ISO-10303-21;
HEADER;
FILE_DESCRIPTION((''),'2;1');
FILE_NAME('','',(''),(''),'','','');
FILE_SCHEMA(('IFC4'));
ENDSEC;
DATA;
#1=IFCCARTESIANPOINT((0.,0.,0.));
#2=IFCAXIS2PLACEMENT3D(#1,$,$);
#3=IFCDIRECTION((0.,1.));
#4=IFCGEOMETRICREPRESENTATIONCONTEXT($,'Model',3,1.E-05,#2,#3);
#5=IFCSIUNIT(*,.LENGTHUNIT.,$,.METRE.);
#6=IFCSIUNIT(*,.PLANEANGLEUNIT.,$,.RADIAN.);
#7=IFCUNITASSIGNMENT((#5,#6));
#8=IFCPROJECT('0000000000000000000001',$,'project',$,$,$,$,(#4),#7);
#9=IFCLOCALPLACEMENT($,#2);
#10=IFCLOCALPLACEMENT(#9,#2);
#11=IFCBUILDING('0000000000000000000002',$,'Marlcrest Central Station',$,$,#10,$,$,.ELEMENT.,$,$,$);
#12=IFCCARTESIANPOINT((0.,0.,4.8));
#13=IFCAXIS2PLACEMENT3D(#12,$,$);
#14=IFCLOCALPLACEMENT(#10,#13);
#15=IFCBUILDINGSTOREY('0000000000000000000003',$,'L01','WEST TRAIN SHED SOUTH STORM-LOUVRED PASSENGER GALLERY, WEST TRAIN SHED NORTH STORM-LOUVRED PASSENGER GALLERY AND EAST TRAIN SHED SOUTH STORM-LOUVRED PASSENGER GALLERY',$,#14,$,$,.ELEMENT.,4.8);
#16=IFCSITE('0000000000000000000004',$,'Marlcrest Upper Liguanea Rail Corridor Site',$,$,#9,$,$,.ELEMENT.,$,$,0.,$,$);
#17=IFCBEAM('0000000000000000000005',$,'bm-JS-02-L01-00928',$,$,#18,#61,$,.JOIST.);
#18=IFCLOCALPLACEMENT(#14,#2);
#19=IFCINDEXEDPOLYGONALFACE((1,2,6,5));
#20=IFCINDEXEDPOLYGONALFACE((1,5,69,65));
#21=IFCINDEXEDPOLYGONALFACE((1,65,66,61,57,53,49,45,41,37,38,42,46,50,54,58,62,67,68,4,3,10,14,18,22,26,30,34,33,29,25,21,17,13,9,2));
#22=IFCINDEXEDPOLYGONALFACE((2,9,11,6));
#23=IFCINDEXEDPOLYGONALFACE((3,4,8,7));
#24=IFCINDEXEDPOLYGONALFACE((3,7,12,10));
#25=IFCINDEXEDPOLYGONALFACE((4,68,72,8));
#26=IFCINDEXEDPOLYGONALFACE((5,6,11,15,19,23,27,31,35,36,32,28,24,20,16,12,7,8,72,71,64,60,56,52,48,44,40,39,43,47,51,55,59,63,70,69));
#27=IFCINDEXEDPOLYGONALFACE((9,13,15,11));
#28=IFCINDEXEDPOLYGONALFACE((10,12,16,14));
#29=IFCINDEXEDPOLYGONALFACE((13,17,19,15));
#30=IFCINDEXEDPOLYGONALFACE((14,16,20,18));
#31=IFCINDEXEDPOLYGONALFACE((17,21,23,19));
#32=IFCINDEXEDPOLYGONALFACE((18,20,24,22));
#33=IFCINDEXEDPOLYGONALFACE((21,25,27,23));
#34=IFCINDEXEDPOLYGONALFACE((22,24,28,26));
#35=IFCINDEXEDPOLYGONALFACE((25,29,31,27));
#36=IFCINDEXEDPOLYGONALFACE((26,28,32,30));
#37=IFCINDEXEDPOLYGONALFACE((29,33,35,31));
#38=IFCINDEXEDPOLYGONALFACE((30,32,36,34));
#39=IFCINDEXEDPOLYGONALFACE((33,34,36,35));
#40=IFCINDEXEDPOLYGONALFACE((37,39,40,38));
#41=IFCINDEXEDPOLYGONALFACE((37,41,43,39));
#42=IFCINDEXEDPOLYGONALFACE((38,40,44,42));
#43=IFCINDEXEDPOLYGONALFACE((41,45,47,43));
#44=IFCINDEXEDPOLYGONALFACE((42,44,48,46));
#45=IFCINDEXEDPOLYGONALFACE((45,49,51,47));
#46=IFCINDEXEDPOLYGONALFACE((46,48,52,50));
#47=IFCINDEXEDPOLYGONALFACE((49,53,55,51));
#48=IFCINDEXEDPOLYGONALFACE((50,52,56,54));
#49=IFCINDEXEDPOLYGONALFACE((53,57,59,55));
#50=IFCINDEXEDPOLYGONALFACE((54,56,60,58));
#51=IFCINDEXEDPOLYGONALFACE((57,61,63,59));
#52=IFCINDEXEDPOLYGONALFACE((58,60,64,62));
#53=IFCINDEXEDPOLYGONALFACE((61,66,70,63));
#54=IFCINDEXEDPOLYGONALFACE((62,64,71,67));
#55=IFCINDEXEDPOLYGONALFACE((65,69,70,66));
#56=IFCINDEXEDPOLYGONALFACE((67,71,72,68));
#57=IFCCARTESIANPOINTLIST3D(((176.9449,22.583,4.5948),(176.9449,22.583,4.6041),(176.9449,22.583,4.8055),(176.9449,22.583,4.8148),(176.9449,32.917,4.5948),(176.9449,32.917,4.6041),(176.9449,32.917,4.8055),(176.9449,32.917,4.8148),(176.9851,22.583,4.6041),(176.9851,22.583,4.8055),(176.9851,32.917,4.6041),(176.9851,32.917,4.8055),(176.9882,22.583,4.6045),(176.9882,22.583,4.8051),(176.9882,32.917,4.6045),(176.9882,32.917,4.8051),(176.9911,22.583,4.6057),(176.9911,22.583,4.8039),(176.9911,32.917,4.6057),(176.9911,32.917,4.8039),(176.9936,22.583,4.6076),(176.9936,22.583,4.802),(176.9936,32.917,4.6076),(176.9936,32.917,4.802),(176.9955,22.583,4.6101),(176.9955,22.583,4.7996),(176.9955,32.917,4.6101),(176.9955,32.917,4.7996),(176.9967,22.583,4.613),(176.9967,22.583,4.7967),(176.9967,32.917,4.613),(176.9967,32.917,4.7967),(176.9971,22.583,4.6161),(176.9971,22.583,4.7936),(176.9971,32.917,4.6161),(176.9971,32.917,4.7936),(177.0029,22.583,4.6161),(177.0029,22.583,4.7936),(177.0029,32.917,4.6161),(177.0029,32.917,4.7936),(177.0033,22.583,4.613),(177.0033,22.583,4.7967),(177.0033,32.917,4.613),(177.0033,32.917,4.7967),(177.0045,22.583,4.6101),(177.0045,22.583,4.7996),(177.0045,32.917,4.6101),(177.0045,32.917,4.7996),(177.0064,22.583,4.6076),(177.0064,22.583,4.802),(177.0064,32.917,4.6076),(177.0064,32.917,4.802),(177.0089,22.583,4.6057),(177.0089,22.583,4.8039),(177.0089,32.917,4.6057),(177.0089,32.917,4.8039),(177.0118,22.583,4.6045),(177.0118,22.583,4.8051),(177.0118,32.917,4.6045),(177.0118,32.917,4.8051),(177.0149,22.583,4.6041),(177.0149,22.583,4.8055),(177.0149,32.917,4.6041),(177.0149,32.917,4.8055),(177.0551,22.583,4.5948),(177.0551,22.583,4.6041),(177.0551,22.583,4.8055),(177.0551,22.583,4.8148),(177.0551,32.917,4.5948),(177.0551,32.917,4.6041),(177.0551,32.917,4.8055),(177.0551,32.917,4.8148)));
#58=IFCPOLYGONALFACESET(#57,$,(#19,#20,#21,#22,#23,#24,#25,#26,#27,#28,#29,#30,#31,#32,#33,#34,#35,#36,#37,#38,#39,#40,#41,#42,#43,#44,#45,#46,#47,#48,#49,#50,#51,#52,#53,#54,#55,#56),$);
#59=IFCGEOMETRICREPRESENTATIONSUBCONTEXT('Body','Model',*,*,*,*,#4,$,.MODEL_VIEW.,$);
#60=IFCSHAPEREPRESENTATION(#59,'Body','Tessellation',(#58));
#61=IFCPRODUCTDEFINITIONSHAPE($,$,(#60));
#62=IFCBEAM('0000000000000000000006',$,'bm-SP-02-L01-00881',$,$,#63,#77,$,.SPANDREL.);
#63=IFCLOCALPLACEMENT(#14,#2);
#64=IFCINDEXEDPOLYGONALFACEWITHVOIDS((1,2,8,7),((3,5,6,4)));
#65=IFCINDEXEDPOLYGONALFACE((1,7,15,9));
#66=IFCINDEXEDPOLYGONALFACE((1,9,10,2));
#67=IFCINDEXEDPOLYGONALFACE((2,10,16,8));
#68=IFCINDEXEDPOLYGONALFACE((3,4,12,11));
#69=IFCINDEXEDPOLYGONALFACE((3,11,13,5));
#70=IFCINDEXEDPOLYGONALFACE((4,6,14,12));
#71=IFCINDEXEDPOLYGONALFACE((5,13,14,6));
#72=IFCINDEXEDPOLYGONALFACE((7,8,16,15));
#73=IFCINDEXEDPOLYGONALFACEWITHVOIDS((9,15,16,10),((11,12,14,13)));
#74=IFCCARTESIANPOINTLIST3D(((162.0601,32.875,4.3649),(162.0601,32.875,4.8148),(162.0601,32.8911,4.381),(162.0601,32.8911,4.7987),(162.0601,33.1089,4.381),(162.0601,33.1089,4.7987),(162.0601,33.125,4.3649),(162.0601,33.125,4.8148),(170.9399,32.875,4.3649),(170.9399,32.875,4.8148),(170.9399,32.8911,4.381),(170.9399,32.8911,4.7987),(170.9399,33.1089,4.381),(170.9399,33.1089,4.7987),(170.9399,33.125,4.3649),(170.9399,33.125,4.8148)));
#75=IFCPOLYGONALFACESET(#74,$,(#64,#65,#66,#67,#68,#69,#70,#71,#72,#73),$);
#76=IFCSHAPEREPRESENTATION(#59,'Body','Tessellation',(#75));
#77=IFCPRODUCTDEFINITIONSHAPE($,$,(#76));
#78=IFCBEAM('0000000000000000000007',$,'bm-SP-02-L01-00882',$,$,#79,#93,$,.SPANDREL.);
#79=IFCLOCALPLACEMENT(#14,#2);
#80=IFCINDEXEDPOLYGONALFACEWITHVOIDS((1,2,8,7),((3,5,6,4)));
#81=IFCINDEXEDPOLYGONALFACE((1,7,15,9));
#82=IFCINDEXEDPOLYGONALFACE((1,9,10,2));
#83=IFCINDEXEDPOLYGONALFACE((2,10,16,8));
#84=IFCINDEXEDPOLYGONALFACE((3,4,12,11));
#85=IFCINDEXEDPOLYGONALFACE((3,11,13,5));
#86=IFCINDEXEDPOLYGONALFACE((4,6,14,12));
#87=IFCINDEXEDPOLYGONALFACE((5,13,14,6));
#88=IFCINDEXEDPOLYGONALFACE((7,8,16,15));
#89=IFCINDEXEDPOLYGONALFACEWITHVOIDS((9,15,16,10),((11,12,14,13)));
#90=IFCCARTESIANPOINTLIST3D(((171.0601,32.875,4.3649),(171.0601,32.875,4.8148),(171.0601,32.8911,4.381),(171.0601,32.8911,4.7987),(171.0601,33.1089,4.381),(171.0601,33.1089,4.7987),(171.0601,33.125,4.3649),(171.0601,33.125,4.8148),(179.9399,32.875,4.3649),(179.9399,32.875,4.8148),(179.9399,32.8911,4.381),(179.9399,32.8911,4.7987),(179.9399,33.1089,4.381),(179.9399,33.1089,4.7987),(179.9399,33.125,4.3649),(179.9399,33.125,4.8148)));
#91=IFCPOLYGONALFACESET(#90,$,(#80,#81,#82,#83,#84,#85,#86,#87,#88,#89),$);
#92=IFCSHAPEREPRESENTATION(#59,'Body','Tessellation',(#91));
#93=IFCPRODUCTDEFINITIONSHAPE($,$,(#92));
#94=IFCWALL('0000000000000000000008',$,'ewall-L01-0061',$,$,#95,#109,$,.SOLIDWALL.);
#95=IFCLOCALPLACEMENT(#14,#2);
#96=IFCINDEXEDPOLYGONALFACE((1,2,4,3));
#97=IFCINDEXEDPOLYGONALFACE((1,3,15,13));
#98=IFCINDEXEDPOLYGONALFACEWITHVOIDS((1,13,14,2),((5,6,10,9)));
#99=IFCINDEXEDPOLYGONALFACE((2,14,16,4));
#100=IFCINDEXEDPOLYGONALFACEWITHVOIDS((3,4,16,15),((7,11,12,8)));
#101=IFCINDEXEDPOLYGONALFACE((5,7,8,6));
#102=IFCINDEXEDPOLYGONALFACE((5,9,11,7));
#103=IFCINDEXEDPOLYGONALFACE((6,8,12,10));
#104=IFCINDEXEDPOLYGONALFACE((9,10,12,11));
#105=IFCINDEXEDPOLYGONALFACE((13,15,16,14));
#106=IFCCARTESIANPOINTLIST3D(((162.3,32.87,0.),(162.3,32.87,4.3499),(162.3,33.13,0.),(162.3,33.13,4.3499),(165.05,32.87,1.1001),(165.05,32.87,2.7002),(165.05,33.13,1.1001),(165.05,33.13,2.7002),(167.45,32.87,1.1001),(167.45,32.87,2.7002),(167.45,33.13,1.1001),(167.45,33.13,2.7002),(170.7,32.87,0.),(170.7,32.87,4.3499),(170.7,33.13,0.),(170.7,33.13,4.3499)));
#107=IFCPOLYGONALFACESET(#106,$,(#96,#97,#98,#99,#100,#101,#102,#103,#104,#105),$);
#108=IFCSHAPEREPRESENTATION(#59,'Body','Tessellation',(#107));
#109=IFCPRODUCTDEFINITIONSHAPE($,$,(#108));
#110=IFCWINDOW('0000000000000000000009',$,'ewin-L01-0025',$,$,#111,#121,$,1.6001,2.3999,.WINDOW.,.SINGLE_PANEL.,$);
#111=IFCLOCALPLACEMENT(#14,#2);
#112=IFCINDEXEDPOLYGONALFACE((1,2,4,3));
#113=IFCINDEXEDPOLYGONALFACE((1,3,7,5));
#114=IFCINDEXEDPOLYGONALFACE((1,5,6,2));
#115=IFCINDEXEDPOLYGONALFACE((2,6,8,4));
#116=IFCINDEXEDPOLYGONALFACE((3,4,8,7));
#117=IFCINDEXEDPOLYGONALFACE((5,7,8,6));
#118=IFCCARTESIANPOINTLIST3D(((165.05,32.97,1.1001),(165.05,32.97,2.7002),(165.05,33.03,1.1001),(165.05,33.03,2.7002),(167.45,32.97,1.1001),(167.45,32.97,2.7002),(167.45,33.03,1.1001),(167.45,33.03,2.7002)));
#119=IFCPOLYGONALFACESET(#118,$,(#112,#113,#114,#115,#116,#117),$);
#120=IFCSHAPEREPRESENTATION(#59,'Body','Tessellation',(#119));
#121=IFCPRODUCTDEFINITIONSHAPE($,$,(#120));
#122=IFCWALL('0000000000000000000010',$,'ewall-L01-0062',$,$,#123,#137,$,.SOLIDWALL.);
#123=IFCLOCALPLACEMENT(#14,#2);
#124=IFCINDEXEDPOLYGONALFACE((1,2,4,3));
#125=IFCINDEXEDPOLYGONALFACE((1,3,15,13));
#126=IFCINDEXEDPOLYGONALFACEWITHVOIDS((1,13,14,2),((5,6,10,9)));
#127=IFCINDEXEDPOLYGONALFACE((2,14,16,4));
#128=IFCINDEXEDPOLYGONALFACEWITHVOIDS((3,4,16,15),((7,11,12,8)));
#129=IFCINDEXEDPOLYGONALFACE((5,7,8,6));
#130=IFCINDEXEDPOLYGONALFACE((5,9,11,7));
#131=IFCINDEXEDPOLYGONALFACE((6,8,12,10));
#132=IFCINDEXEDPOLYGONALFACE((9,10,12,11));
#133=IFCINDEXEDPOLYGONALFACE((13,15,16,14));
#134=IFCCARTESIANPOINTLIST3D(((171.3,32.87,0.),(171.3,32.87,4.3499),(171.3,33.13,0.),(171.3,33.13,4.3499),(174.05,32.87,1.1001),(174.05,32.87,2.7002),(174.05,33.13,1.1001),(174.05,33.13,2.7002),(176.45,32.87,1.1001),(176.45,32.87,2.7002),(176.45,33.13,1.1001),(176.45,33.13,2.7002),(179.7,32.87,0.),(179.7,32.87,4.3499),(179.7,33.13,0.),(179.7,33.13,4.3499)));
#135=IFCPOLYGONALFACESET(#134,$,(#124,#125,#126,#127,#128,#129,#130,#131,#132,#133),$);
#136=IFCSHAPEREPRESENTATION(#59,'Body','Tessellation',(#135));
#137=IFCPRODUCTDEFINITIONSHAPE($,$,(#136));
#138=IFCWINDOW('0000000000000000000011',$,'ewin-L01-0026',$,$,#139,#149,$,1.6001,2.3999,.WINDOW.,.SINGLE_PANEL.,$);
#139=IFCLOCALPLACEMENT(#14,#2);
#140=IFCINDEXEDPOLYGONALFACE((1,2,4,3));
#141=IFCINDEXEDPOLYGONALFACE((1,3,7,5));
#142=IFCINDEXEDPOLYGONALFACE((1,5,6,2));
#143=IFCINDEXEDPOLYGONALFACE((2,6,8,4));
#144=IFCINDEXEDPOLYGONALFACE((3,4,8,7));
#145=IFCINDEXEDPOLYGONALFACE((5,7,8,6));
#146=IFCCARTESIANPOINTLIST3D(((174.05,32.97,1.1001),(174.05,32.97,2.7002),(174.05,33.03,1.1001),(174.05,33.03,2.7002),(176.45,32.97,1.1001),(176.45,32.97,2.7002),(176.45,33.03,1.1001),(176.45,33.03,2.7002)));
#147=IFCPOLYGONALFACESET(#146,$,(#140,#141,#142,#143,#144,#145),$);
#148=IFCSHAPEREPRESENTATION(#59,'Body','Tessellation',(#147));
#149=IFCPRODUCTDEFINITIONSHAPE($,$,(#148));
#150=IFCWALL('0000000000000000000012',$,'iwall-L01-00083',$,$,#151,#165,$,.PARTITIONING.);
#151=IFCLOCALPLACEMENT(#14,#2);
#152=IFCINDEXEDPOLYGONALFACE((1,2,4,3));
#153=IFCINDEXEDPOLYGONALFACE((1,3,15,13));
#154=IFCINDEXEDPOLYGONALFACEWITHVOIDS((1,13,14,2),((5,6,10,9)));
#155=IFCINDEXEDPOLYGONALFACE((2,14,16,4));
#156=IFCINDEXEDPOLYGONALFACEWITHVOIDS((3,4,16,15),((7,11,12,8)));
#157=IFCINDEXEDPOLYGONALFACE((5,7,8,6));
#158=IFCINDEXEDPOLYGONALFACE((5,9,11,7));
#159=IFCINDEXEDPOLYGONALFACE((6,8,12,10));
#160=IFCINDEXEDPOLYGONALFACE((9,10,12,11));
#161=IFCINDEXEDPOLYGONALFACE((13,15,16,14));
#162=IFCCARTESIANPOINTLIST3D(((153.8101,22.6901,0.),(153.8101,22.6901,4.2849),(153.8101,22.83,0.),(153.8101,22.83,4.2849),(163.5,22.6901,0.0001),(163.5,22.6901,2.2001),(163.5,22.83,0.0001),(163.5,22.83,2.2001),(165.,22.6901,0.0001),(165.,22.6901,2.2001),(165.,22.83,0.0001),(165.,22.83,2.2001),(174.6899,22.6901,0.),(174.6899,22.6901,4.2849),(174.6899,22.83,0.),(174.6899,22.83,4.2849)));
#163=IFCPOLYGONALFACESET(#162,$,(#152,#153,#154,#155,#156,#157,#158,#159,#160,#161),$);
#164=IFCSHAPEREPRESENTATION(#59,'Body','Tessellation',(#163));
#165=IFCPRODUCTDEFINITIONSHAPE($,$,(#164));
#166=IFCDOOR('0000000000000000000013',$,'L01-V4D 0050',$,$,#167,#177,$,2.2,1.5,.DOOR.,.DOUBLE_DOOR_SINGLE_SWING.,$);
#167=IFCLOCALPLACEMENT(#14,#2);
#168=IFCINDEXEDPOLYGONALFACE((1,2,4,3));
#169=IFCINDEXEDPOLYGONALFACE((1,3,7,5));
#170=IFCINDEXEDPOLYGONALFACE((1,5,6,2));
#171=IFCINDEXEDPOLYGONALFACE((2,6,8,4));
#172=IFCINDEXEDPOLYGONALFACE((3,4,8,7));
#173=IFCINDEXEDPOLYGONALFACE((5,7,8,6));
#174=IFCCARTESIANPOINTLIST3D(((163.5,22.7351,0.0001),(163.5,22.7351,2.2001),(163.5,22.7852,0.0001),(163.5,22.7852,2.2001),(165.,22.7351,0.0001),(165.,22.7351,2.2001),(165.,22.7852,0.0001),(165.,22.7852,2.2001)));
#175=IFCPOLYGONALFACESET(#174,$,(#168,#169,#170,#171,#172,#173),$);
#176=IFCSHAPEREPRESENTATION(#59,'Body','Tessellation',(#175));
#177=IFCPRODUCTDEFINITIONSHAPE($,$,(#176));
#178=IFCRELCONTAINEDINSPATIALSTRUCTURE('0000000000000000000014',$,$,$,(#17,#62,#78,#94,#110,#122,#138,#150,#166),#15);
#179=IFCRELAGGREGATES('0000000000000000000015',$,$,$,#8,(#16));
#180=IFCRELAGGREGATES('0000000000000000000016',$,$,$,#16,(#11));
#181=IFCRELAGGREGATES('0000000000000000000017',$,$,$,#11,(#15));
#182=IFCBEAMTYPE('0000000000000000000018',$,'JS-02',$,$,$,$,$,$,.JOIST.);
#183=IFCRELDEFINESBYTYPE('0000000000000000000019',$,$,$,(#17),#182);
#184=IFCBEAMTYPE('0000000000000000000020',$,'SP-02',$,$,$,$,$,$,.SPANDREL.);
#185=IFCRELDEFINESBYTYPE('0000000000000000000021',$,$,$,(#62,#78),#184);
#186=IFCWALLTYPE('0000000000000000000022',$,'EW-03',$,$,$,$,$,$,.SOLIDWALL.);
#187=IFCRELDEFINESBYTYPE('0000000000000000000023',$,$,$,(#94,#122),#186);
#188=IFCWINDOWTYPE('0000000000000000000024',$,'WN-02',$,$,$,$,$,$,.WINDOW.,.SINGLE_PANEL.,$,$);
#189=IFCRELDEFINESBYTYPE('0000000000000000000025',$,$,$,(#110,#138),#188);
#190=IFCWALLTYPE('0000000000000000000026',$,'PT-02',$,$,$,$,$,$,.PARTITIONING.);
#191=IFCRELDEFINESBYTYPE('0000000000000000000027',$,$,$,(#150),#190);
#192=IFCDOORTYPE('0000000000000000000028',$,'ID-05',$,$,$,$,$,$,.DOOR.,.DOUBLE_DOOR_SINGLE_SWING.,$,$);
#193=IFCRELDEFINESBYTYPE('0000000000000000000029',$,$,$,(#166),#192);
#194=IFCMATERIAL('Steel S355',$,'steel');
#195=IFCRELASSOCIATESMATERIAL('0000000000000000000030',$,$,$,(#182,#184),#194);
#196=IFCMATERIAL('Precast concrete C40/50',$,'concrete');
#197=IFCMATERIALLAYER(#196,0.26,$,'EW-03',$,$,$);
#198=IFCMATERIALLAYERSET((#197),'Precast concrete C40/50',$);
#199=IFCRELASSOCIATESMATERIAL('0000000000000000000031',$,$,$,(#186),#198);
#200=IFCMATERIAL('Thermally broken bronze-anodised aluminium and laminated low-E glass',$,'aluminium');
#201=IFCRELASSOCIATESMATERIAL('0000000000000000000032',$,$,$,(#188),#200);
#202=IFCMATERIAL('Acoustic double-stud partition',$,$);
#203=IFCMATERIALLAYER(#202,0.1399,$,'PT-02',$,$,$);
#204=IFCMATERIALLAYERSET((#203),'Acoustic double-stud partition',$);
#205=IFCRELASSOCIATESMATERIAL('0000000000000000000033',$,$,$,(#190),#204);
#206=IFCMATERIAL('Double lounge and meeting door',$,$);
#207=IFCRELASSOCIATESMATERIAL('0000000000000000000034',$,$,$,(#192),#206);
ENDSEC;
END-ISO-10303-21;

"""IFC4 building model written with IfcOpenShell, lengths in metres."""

from ifc_helpers import new_model, si_unit, direction, frame, frame_2d, origin, origin_2d, place, context, subcontext, project, spatial, rectangle, hollow_rectangle, i_section, extrude, material, layer, layer_set, material_profile, profile_set, type_object, element, fill, save


model = new_model("IFC4")

# Units and contexts
model_context = context("Model", 3, precision=1e-05, world=origin(), true_north=direction((0.0, 1.0)))
body_context = subcontext(model_context, "Body", "Model", "MODEL_VIEW")
ifc_project = project(units=[si_unit("LENGTHUNIT", "METRE"), si_unit("PLANEANGLEUNIT", "RADIAN")], contexts=[model_context])

# Site, building, storey
site_placement = place(None, origin())
site = spatial("IfcSite", under=ifc_project, at=site_placement, Name="Marlcrest Upper Liguanea Rail Corridor Site", CompositionType="ELEMENT", RefElevation=0.0)
building_placement = place(site_placement, origin())
building = spatial("IfcBuilding", under=site, at=building_placement, Name="Marlcrest Central Station", CompositionType="ELEMENT")
storey_placement = place(building_placement, frame((0.0, 0.0, 4.8)))
storey = spatial("IfcBuildingStorey", under=building, at=storey_placement, Name="L01", Description="WEST TRAIN SHED SOUTH STORM-LOUVRED PASSENGER GALLERY, WEST TRAIN SHED NORTH STORM-LOUVRED PASSENGER GALLERY AND EAST TRAIN SHED SOUTH STORM-LOUVRED PASSENGER GALLERY", CompositionType="ELEMENT", Elevation=4.8)

# Shared definitions
ifc_material_1 = material(Name="Steel S355", Category="steel")

# Beams
ifc_material_profile_1 = material_profile(ifc_material_1, i_section(OverallWidth=0.1101, OverallDepth=0.22, WebThickness=0.0059, FlangeThickness=0.0093, FilletRadius=0.012, at=origin_2d()), Name="IPE 220")
ifc_profile_set_1 = profile_set([ifc_material_profile_1], Name="Steel S355")
beam_type_1 = type_object("IfcBeamType", Name="JS-02", PredefinedType="JOIST", material=ifc_profile_set_1)
for number, where, z_axis, x_axis, name in (
    (1, (177.0, 22.583, 4.7048), (0.0, 1.0, 0.0), (-1.0, 0.0, 0.0), "bm-JS-02-L01-00928"),
):
    element("IfcBeam", number, at=place(storey_placement, frame(where, z_axis=z_axis, x_axis=x_axis)), inside=storey, type_object=beam_type_1, Name=name, PredefinedType="JOIST", context=body_context, shape_type="SweptSolid", body=[
        extrude(i_section(OverallWidth=0.1101, OverallDepth=0.22, WebThickness=0.0059, FlangeThickness=0.0093, FilletRadius=0.012, at=origin_2d()), origin(), (0.0, 0.0, 1.0), 10.334),
    ])
ifc_material_profile_2 = material_profile(ifc_material_1, hollow_rectangle(XDim=0.25, YDim=0.45, WallThickness=0.0161, at=origin_2d()), Name="RHS 450x250x16")
ifc_profile_set_2 = profile_set([ifc_material_profile_2], Name="Steel S355")
beam_type_2 = type_object("IfcBeamType", Name="SP-02", PredefinedType="SPANDREL", material=ifc_profile_set_2)
for number, where, z_axis, x_axis, name in (
    (2, (162.0601, 33.0, 4.5898), (1.0, 0.0, 0.0), (0.0, 1.0, 0.0), "bm-SP-02-L01-00881"),
    (3, (171.0601, 33.0, 4.5898), (1.0, 0.0, 0.0), (0.0, 1.0, 0.0), "bm-SP-02-L01-00882"),
):
    element("IfcBeam", number, at=place(storey_placement, frame(where, z_axis=z_axis, x_axis=x_axis)), inside=storey, type_object=beam_type_2, Name=name, PredefinedType="SPANDREL", context=body_context, shape_type="SweptSolid", body=[
        extrude(hollow_rectangle(XDim=0.25, YDim=0.45, WallThickness=0.0161, at=origin_2d()), origin(), (0.0, 0.0, 1.0), 8.8799),
    ])

# Walls, openings, windows
ifc_material_2 = material(Name="Precast concrete C40/50", Category="concrete")
ifc_layer_1 = layer(ifc_material_2, 0.26, Name="EW-03")
ifc_layer_set_1 = layer_set([ifc_layer_1], Name="Precast concrete C40/50")
wall_type_1 = type_object("IfcWallType", Name="EW-03", PredefinedType="SOLIDWALL", material=ifc_layer_set_1)
wall_1_placement = place(storey_placement, frame((162.3, 33.0, 0.0), z_axis=(0.0, 0.0, 1.0), x_axis=(1.0, 0.0, 0.0)))
wall_1 = element("IfcWall", 4, at=wall_1_placement, inside=storey, type_object=wall_type_1, Name="ewall-L01-0061", PredefinedType="SOLIDWALL", context=body_context, shape_type="SweptSolid", body=[
    extrude(rectangle(XDim=8.3999, YDim=0.26, at=frame_2d((4.2, 0.0))), origin(), (0.0, 0.0, 1.0), 4.3499),
])
opening_1_placement = place(wall_1_placement, frame((2.75, 0.0, 1.1001)))
opening_1 = element("IfcOpeningElement", 5, at=opening_1_placement, cuts=wall_1, PredefinedType="OPENING", context=body_context, shape_type="SweptSolid", body=[
    extrude(rectangle(XDim=2.3999, YDim=1.6001, at=frame_2d((1.2, 0.8))), frame((0.0, 0.1399, 0.0), z_axis=(0.0, -1.0, 0.0), x_axis=(1.0, 0.0, 0.0)), (0.0, 0.0, 1.0), 0.28),
])
ifc_material_3 = material(Name="Thermally broken bronze-anodised aluminium and laminated low-E glass", Category="aluminium")
window_type = type_object("IfcWindowType", Name="WN-02", PartitioningType="SINGLE_PANEL", PredefinedType="WINDOW", material=ifc_material_3)
window_1_placement = place(opening_1_placement, origin())
window_1 = element("IfcWindow", 6, at=window_1_placement, inside=storey, type_object=window_type, Name="ewin-L01-0025", OverallHeight=1.6001, OverallWidth=2.3999, PartitioningType="SINGLE_PANEL", PredefinedType="WINDOW", context=body_context, shape_type="SweptSolid", body=[
    extrude(rectangle(XDim=2.3999, YDim=1.6001, at=frame_2d((1.2, 0.8))), frame((0.0, 0.03, 0.0), z_axis=(0.0, -1.0, 0.0), x_axis=(1.0, 0.0, 0.0)), (0.0, 0.0, 1.0), 0.0601),
])
fill(opening_1, window_1)
wall_2_placement = place(storey_placement, frame((171.3, 33.0, 0.0), z_axis=(0.0, 0.0, 1.0), x_axis=(1.0, 0.0, 0.0)))
wall_2 = element("IfcWall", 7, at=wall_2_placement, inside=storey, type_object=wall_type_1, Name="ewall-L01-0062", PredefinedType="SOLIDWALL", context=body_context, shape_type="SweptSolid", body=[
    extrude(rectangle(XDim=8.3999, YDim=0.26, at=frame_2d((4.2, 0.0))), origin(), (0.0, 0.0, 1.0), 4.3499),
])
opening_2_placement = place(wall_2_placement, frame((2.75, 0.0, 1.1001)))
opening_2 = element("IfcOpeningElement", 8, at=opening_2_placement, cuts=wall_2, PredefinedType="OPENING", context=body_context, shape_type="SweptSolid", body=[
    extrude(rectangle(XDim=2.3999, YDim=1.6001, at=frame_2d((1.2, 0.8))), frame((0.0, 0.1399, 0.0), z_axis=(0.0, -1.0, 0.0), x_axis=(1.0, 0.0, 0.0)), (0.0, 0.0, 1.0), 0.28),
])
window_2_placement = place(opening_2_placement, origin())
window_2 = element("IfcWindow", 9, at=window_2_placement, inside=storey, type_object=window_type, Name="ewin-L01-0026", OverallHeight=1.6001, OverallWidth=2.3999, PartitioningType="SINGLE_PANEL", PredefinedType="WINDOW", context=body_context, shape_type="SweptSolid", body=[
    extrude(rectangle(XDim=2.3999, YDim=1.6001, at=frame_2d((1.2, 0.8))), frame((0.0, 0.03, 0.0), z_axis=(0.0, -1.0, 0.0), x_axis=(1.0, 0.0, 0.0)), (0.0, 0.0, 1.0), 0.0601),
])
fill(opening_2, window_2)

# Wall, opening, door
ifc_material_4 = material(Name="Acoustic double-stud partition")
ifc_layer_2 = layer(ifc_material_4, 0.1399, Name="PT-02")
ifc_layer_set_2 = layer_set([ifc_layer_2], Name="Acoustic double-stud partition")
wall_type_2 = type_object("IfcWallType", Name="PT-02", PredefinedType="PARTITIONING", material=ifc_layer_set_2)
wall_3_placement = place(storey_placement, frame((174.6899, 22.76, 0.0), z_axis=(0.0, 0.0, 1.0), x_axis=(-1.0, 0.0, 0.0)))
wall_3 = element("IfcWall", 10, at=wall_3_placement, inside=storey, type_object=wall_type_2, Name="iwall-L01-00083", PredefinedType="PARTITIONING", context=body_context, shape_type="SweptSolid", body=[
    extrude(rectangle(XDim=20.8799, YDim=0.1399, at=frame_2d((10.4399, 0.0))), origin(), (0.0, 0.0, 1.0), 4.2849),
])
opening_3_placement = place(wall_3_placement, frame((9.6899, 0.0, 0.0)))
opening_3 = element("IfcOpeningElement", 11, at=opening_3_placement, cuts=wall_3, PredefinedType="OPENING", context=body_context, shape_type="SweptSolid", body=[
    extrude(rectangle(XDim=1.5, YDim=2.2, at=frame_2d((0.75, 1.1001))), frame((0.0, 0.0798, 0.0), z_axis=(0.0, -1.0, 0.0), x_axis=(1.0, 0.0, 0.0)), (0.0, 0.0, 1.0), 0.1599),
])
ifc_material_5 = material(Name="Double lounge and meeting door")
door_type = type_object("IfcDoorType", Name="ID-05", OperationType="DOUBLE_DOOR_SINGLE_SWING", PredefinedType="DOOR", material=ifc_material_5)
door_placement = place(opening_3_placement, origin())
door = element("IfcDoor", 12, at=door_placement, inside=storey, type_object=door_type, Name="L01-V4D 0050", OperationType="DOUBLE_DOOR_SINGLE_SWING", OverallHeight=2.2, OverallWidth=1.5, PredefinedType="DOOR", context=body_context, shape_type="SweptSolid", body=[
    extrude(rectangle(XDim=1.5, YDim=2.2, at=frame_2d((0.75, 1.1001))), frame((0.0, 0.0249, 0.0), z_axis=(0.0, -1.0, 0.0), x_axis=(1.0, 0.0, 0.0)), (0.0, 0.0, 1.0), 0.05),
])
fill(opening_3, door)

save(model, "model.ifc")
